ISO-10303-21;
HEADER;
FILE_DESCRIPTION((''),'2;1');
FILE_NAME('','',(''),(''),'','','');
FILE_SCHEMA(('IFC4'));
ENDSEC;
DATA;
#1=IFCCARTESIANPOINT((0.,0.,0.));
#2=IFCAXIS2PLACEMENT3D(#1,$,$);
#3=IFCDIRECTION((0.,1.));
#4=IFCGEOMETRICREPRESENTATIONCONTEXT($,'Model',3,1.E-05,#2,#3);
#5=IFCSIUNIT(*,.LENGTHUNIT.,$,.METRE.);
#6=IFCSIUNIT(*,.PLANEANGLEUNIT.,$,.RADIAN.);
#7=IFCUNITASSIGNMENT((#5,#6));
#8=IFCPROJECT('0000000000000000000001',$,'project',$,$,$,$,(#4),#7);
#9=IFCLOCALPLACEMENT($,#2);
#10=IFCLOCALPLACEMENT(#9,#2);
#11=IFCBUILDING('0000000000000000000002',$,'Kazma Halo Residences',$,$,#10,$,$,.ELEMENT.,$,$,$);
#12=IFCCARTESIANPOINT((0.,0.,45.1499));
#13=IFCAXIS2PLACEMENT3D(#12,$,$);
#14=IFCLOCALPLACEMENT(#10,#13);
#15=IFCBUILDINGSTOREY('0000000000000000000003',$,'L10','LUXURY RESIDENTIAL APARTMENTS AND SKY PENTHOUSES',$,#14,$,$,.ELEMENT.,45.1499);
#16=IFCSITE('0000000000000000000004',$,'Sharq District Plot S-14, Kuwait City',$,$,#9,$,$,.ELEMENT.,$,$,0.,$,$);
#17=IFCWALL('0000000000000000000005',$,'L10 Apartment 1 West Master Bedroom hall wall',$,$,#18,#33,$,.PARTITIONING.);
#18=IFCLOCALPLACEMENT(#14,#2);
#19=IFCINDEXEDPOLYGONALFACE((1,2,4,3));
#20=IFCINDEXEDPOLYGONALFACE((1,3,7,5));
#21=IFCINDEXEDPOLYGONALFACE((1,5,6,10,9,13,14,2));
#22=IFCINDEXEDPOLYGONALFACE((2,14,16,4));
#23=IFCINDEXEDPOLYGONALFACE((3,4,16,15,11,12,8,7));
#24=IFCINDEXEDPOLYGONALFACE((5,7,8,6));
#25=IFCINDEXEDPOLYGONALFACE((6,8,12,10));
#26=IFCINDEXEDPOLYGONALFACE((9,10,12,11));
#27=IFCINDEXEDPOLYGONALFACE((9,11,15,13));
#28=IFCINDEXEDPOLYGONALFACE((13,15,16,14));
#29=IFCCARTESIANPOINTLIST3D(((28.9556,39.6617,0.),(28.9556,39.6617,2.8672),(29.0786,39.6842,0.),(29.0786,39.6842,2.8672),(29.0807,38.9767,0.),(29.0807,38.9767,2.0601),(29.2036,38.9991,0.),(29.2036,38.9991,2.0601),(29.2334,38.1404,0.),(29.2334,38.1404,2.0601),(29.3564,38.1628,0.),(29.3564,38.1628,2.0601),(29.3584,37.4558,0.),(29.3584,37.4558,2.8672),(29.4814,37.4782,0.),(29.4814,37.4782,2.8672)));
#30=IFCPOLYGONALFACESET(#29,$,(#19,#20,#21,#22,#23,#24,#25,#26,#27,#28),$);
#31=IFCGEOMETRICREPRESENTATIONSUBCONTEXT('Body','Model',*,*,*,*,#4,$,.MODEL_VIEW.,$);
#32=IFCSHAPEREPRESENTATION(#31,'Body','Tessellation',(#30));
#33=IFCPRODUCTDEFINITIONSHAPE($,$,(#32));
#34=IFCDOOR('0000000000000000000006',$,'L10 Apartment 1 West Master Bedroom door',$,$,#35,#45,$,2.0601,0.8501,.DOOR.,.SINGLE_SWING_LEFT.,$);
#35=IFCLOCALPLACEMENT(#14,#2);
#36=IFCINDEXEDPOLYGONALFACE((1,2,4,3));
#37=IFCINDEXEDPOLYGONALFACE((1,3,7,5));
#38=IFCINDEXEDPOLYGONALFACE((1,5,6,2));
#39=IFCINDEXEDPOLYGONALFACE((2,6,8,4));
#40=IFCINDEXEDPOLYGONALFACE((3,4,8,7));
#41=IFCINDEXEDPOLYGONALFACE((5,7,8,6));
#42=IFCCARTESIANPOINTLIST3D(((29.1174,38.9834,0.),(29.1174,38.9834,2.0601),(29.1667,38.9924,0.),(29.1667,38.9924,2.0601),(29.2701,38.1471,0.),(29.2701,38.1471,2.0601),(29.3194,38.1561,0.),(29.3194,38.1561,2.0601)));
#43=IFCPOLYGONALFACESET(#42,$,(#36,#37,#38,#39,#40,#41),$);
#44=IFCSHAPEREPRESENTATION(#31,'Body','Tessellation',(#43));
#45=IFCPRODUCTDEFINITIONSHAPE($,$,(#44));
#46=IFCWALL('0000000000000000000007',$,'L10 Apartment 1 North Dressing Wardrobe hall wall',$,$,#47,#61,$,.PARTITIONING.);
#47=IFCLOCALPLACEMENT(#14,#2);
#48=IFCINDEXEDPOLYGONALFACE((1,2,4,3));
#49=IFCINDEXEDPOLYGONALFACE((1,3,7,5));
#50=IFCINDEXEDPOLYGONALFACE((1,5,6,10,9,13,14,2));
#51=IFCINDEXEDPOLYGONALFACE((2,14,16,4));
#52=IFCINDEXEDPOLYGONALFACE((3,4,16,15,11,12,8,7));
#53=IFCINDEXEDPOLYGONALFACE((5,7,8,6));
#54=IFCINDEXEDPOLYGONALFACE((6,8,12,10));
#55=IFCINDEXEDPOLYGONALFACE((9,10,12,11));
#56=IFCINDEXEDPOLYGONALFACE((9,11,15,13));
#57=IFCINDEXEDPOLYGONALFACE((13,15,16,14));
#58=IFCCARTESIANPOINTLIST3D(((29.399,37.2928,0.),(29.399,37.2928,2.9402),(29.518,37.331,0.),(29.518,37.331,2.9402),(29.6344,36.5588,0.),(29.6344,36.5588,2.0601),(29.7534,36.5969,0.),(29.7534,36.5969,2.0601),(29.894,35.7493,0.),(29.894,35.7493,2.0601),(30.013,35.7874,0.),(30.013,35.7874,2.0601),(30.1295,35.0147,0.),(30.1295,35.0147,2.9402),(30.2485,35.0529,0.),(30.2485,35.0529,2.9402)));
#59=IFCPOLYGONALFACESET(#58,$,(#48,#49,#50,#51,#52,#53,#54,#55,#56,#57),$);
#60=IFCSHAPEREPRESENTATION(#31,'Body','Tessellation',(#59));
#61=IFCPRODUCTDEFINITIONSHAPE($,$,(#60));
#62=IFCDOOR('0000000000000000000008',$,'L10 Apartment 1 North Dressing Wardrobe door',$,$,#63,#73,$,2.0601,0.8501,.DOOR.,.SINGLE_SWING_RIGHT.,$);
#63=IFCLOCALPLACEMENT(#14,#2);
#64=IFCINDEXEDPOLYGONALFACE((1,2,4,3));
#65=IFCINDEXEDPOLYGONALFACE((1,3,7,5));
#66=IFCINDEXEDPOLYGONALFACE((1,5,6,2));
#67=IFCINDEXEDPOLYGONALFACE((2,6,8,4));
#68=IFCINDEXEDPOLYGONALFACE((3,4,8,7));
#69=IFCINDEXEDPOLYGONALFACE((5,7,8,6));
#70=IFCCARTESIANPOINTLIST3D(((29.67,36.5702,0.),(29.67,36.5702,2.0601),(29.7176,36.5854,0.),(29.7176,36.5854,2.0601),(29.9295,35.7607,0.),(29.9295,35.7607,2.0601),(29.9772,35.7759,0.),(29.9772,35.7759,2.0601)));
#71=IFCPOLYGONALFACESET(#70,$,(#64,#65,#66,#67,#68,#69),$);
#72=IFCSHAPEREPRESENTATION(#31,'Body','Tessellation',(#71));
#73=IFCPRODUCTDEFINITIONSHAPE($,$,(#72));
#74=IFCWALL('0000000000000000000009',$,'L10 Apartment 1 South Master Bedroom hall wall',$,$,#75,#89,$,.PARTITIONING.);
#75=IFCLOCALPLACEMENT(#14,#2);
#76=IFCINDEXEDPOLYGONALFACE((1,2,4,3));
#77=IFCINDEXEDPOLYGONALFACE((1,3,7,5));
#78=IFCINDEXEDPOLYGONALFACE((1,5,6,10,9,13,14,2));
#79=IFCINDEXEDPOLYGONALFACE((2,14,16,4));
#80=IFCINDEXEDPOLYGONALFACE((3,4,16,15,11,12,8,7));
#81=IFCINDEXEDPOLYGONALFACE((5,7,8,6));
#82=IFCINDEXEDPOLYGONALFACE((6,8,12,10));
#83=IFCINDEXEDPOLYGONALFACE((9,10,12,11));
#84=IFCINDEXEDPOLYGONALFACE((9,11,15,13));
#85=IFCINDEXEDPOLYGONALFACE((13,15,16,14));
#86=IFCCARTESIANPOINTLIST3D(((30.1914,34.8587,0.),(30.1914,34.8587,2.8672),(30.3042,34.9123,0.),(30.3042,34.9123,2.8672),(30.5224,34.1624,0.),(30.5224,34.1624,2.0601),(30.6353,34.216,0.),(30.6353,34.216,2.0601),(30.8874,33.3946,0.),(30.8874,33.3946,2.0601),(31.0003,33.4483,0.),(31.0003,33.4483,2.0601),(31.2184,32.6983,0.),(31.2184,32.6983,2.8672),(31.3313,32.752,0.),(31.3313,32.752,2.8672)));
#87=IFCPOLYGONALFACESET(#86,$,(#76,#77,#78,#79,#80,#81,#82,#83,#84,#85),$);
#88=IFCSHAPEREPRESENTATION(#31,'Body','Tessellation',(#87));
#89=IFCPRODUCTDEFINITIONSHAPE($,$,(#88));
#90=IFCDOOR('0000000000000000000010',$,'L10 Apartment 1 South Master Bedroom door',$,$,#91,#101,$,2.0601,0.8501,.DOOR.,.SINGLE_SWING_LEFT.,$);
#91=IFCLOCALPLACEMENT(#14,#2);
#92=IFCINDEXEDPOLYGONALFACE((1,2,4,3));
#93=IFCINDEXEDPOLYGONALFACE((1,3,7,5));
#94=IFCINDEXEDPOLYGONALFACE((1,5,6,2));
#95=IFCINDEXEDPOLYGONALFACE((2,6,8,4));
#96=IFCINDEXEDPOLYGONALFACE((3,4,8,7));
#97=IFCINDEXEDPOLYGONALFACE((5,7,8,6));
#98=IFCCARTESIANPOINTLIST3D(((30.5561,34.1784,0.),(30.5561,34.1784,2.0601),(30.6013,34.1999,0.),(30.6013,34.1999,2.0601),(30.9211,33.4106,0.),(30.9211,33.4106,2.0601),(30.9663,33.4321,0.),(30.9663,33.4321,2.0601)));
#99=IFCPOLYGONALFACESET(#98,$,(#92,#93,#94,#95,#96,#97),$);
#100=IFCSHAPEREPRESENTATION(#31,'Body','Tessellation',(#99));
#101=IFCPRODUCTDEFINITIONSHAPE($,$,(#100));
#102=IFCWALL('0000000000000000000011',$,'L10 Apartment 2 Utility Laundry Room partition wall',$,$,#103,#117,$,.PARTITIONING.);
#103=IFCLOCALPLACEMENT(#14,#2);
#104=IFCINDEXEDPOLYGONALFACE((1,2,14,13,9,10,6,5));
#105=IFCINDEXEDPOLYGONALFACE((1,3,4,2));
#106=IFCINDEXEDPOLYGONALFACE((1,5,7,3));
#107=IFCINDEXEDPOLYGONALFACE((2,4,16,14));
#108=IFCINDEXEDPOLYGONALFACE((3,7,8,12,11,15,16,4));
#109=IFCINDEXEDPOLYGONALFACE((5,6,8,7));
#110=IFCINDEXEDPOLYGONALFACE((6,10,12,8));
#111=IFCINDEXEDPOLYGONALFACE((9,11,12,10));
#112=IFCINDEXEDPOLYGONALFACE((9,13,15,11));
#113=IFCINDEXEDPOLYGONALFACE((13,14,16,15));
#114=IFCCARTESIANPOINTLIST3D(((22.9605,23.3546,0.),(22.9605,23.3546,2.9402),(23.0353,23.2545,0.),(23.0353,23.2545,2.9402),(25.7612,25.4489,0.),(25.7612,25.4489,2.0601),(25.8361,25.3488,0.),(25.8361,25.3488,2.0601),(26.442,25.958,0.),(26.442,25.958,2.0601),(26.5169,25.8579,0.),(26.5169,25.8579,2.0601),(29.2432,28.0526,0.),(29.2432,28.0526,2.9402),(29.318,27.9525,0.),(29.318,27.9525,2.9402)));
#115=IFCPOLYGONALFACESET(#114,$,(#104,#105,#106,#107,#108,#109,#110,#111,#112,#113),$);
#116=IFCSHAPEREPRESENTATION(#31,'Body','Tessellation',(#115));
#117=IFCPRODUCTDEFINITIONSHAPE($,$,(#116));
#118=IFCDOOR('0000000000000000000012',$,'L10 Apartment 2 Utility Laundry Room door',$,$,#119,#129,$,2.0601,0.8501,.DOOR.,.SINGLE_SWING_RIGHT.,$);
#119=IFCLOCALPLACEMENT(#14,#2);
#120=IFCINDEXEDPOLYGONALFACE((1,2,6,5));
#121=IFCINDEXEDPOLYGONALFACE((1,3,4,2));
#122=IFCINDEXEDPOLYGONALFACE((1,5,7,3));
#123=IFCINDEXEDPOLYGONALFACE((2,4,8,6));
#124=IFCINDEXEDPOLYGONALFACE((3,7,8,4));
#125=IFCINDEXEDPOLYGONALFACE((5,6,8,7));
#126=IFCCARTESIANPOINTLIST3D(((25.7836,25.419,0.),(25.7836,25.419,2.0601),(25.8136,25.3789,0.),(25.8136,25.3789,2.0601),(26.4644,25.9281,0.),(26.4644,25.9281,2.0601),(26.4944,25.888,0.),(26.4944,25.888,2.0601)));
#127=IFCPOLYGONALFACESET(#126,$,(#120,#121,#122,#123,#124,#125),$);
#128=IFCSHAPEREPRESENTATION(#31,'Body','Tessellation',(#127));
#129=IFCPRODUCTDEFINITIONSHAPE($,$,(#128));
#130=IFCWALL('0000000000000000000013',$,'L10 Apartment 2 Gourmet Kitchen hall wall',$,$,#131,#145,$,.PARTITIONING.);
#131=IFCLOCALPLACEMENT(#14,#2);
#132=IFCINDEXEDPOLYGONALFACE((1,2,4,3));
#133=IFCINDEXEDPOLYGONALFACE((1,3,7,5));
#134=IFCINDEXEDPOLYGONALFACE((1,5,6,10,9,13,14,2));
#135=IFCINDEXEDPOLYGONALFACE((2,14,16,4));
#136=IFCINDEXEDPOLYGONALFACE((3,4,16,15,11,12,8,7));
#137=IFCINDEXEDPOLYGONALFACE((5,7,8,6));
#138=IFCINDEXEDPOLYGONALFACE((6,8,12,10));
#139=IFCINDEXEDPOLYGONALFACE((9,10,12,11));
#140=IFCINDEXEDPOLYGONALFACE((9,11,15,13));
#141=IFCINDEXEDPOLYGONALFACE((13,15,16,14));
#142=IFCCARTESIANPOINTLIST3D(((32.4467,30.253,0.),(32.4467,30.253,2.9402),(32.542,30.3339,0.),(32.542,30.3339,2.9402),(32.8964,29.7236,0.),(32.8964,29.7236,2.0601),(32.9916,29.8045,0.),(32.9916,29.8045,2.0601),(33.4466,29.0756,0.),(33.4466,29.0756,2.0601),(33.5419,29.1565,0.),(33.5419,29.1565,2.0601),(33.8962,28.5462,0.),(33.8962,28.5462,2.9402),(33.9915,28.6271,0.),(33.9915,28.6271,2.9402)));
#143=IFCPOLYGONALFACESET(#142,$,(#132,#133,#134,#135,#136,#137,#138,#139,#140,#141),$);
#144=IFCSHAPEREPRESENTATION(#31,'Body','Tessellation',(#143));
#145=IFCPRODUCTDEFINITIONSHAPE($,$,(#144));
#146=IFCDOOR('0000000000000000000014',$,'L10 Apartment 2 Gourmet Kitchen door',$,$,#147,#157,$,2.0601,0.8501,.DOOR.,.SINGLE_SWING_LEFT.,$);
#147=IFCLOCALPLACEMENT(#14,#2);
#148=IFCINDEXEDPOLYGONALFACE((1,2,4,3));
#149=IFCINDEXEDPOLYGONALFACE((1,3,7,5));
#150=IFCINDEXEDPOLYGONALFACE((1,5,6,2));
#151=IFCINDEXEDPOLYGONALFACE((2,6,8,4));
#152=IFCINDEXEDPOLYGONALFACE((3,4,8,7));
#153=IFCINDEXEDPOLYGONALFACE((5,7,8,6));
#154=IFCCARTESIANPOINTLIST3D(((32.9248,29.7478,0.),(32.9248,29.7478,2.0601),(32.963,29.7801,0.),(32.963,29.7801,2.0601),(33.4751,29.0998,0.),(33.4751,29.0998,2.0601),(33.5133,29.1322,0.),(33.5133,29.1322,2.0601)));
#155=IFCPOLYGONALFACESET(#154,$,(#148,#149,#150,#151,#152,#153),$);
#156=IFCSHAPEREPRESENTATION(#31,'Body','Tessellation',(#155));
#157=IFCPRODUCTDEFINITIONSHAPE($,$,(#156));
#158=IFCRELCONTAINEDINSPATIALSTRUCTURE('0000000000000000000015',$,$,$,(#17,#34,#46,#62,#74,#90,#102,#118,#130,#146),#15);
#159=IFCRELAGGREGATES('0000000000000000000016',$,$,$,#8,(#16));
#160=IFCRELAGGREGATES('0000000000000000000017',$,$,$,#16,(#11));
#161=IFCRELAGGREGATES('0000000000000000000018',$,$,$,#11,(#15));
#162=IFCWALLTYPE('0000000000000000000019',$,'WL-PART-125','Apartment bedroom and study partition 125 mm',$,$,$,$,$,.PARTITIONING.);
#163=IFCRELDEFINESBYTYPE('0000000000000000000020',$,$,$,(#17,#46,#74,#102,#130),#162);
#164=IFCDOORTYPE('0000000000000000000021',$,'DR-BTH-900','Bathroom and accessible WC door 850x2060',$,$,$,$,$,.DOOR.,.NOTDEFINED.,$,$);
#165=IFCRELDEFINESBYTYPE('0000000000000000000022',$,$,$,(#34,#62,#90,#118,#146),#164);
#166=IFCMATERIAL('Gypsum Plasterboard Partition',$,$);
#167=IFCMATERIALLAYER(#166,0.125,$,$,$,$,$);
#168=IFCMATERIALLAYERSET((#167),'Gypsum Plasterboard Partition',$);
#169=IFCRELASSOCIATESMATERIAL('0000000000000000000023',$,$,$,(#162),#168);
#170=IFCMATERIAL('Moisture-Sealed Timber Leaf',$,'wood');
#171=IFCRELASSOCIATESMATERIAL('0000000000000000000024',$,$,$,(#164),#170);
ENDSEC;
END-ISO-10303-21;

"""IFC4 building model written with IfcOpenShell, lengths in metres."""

from ifc_helpers import new_model, si_unit, direction, frame, frame_2d, origin, place, context, subcontext, project, spatial, rectangle, extrude, material, layer, layer_set, type_object, element, fill, save


model = new_model("IFC4")

# Units and contexts
model_context = context("Model", 3, precision=1e-05, world=origin(), true_north=direction((0.0, 1.0)))
body_context = subcontext(model_context, "Body", "Model", "MODEL_VIEW")
ifc_project = project(units=[si_unit("LENGTHUNIT", "METRE"), si_unit("PLANEANGLEUNIT", "RADIAN")], contexts=[model_context])

# Site, building, storey
site_placement = place(None, origin())
site = spatial("IfcSite", under=ifc_project, at=site_placement, Name="Sharq District Plot S-14, Kuwait City", CompositionType="ELEMENT", RefElevation=0.0)
building_placement = place(site_placement, origin())
building = spatial("IfcBuilding", under=site, at=building_placement, Name="Kazma Halo Residences", CompositionType="ELEMENT")
storey_placement = place(building_placement, frame((0.0, 0.0, 45.1499)))
storey = spatial("IfcBuildingStorey", under=building, at=storey_placement, Name="L10", Description="LUXURY RESIDENTIAL APARTMENTS AND SKY PENTHOUSES", CompositionType="ELEMENT", Elevation=45.1499)

# Shared definitions
ifc_material_1 = material(Name="Gypsum Plasterboard Partition")
ifc_layer_1 = layer(ifc_material_1, 0.125)
ifc_layer_set_1 = layer_set([ifc_layer_1], Name="Gypsum Plasterboard Partition")
wall_type_1 = type_object("IfcWallType", Name="WL-PART-125", Description="Apartment bedroom and study partition 125 mm", PredefinedType="PARTITIONING", material=ifc_layer_set_1)

# Walls, openings, doors
wall_1_placement = place(storey_placement, frame((29.0171, 39.6729, 0.0), z_axis=(0.0, 0.0, 1.0), x_axis=(0.179633, -0.983734, 0.0)))
wall_1 = element("IfcWall", 1, at=wall_1_placement, inside=storey, type_object=wall_type_1, Name="L10 Apartment 1 West Master Bedroom hall wall", PredefinedType="PARTITIONING", context=body_context, shape_type="SweptSolid", body=[
    extrude(rectangle(XDim=2.2424, YDim=0.125, at=frame_2d((1.1211, 0.0))), origin(), (0.0, 0.0, 1.0), 2.8672),
])
opening_1_placement = place(wall_1_placement, frame((0.6963, 0.0, 0.0)))
opening_1 = element("IfcOpeningElement", 2, at=opening_1_placement, cuts=wall_1, PredefinedType="OPENING", context=body_context, shape_type="SweptSolid", body=[
    extrude(rectangle(XDim=0.8501, YDim=2.0601, at=frame_2d((0.425, 1.03))), frame((0.0, 0.0725, 0.0), z_axis=(0.0, -1.0, 0.0), x_axis=(1.0, 0.0, 0.0)), (0.0, 0.0, 1.0), 0.145),
])
ifc_material_2 = material(Name="Moisture-Sealed Timber Leaf", Category="wood")
door_type = type_object("IfcDoorType", Name="DR-BTH-900", Description="Bathroom and accessible WC door 850x2060", OperationType="NOTDEFINED", PredefinedType="DOOR", material=ifc_material_2)
door_1_placement = place(opening_1_placement, origin())
door_1 = element("IfcDoor", 3, at=door_1_placement, inside=storey, type_object=door_type, Name="L10 Apartment 1 West Master Bedroom door", OperationType="SINGLE_SWING_LEFT", OverallHeight=2.0601, OverallWidth=0.8501, PredefinedType="DOOR", context=body_context, shape_type="SweptSolid", body=[
    extrude(rectangle(XDim=0.8501, YDim=2.0601, at=frame_2d((0.425, 1.03))), frame((0.0, 0.0249, 0.0), z_axis=(0.0, -1.0, 0.0), x_axis=(1.0, 0.0, 0.0)), (0.0, 0.0, 1.0), 0.05),
])
fill(opening_1, door_1)
wall_2_placement = place(storey_placement, frame((29.4585, 37.312, 0.0), z_axis=(0.0, 0.0, 1.0), x_axis=(0.305339, -0.952244, 0.0)))
wall_2 = element("IfcWall", 4, at=wall_2_placement, inside=storey, type_object=wall_type_1, Name="L10 Apartment 1 North Dressing Wardrobe hall wall", PredefinedType="PARTITIONING", context=body_context, shape_type="SweptSolid", body=[
    extrude(rectangle(XDim=2.3923, YDim=0.125, at=frame_2d((1.1963, 0.0))), origin(), (0.0, 0.0, 1.0), 2.9402),
])
opening_2_placement = place(wall_2_placement, frame((0.771, 0.0, 0.0)))
opening_2 = element("IfcOpeningElement", 5, at=opening_2_placement, cuts=wall_2, PredefinedType="OPENING", context=body_context, shape_type="SweptSolid", body=[
    extrude(rectangle(XDim=0.8501, YDim=2.0601, at=frame_2d((0.425, 1.03))), frame((0.0, 0.0725, 0.0), z_axis=(0.0, -1.0, 0.0), x_axis=(1.0, 0.0, 0.0)), (0.0, 0.0, 1.0), 0.145),
])
door_2_placement = place(opening_2_placement, origin())
door_2 = element("IfcDoor", 6, at=door_2_placement, inside=storey, type_object=door_type, Name="L10 Apartment 1 North Dressing Wardrobe door", OperationType="SINGLE_SWING_RIGHT", OverallHeight=2.0601, OverallWidth=0.8501, PredefinedType="DOOR", context=body_context, shape_type="SweptSolid", body=[
    extrude(rectangle(XDim=0.8501, YDim=2.0601, at=frame_2d((0.425, 1.03))), frame((0.0, 0.0249, 0.0), z_axis=(0.0, -1.0, 0.0), x_axis=(1.0, 0.0, 0.0)), (0.0, 0.0, 1.0), 0.05),
])
fill(opening_2, door_2)
wall_3_placement = place(storey_placement, frame((30.2478, 34.8855, 0.0), z_axis=(0.0, 0.0, 1.0), x_axis=(0.429367, -0.90313, 0.0)))
wall_3 = element("IfcWall", 7, at=wall_3_placement, inside=storey, type_object=wall_type_1, Name="L10 Apartment 1 South Master Bedroom hall wall", PredefinedType="PARTITIONING", context=body_context, shape_type="SweptSolid", body=[
    extrude(rectangle(XDim=2.3921, YDim=0.125, at=frame_2d((1.196, 0.0))), origin(), (0.0, 0.0, 1.0), 2.8672),
])
opening_3_placement = place(wall_3_placement, frame((0.771, 0.0, 0.0)))
opening_3 = element("IfcOpeningElement", 8, at=opening_3_placement, cuts=wall_3, PredefinedType="OPENING", context=body_context, shape_type="SweptSolid", body=[
    extrude(rectangle(XDim=0.8501, YDim=2.0601, at=frame_2d((0.425, 1.03))), frame((0.0, 0.0725, 0.0), z_axis=(0.0, -1.0, 0.0), x_axis=(1.0, 0.0, 0.0)), (0.0, 0.0, 1.0), 0.145),
])
door_3_placement = place(opening_3_placement, origin())
door_3 = element("IfcDoor", 9, at=door_3_placement, inside=storey, type_object=door_type, Name="L10 Apartment 1 South Master Bedroom door", OperationType="SINGLE_SWING_LEFT", OverallHeight=2.0601, OverallWidth=0.8501, PredefinedType="DOOR", context=body_context, shape_type="SweptSolid", body=[
    extrude(rectangle(XDim=0.8501, YDim=2.0601, at=frame_2d((0.425, 1.03))), frame((0.0, 0.0249, 0.0), z_axis=(0.0, -1.0, 0.0), x_axis=(1.0, 0.0, 0.0)), (0.0, 0.0, 1.0), 0.05),
])
fill(opening_3, door_3)
wall_4_placement = place(storey_placement, frame((29.2805, 28.0024, 0.0), z_axis=(0.0, 0.0, 1.0), x_axis=(-0.800858, -0.598854, 0.0)))
wall_4 = element("IfcWall", 10, at=wall_4_placement, inside=storey, type_object=wall_type_1, Name="L10 Apartment 2 Utility Laundry Room partition wall", PredefinedType="PARTITIONING", context=body_context, shape_type="SweptSolid", body=[
    extrude(rectangle(XDim=7.845, YDim=0.125, at=frame_2d((3.9224, 0.0))), origin(), (0.0, 0.0, 1.0), 2.9402),
])
opening_4_placement = place(wall_4_placement, frame((3.4976, 0.0, 0.0)))
opening_4 = element("IfcOpeningElement", 11, at=opening_4_placement, cuts=wall_4, PredefinedType="OPENING", context=body_context, shape_type="SweptSolid", body=[
    extrude(rectangle(XDim=0.8501, YDim=2.0601, at=frame_2d((0.425, 1.03))), frame((0.0, 0.0725, 0.0), z_axis=(0.0, -1.0, 0.0), x_axis=(1.0, 0.0, 0.0)), (0.0, 0.0, 1.0), 0.145),
])
door_4_placement = place(opening_4_placement, origin())
door_4 = element("IfcDoor", 12, at=door_4_placement, inside=storey, type_object=door_type, Name="L10 Apartment 2 Utility Laundry Room door", OperationType="SINGLE_SWING_RIGHT", OverallHeight=2.0601, OverallWidth=0.8501, PredefinedType="DOOR", context=body_context, shape_type="SweptSolid", body=[
    extrude(rectangle(XDim=0.8501, YDim=2.0601, at=frame_2d((0.425, 1.03))), frame((0.0, 0.0249, 0.0), z_axis=(0.0, -1.0, 0.0), x_axis=(1.0, 0.0, 0.0)), (0.0, 0.0, 1.0), 0.05),
])
fill(opening_4, door_4)
wall_5_placement = place(storey_placement, frame((32.4944, 30.2935, 0.0), z_axis=(0.0, 0.0, 1.0), x_axis=(0.64731, -0.762227, 0.0)))
wall_5 = element("IfcWall", 13, at=wall_5_placement, inside=storey, type_object=wall_type_1, Name="L10 Apartment 2 Gourmet Kitchen hall wall", PredefinedType="PARTITIONING", context=body_context, shape_type="SweptSolid", body=[
    extrude(rectangle(XDim=2.2393, YDim=0.125, at=frame_2d((1.1196, 0.0))), origin(), (0.0, 0.0, 1.0), 2.9402),
])
opening_5_placement = place(wall_5_placement, frame((0.6946, 0.0, 0.0)))
opening_5 = element("IfcOpeningElement", 14, at=opening_5_placement, cuts=wall_5, PredefinedType="OPENING", context=body_context, shape_type="SweptSolid", body=[
    extrude(rectangle(XDim=0.8501, YDim=2.0601, at=frame_2d((0.425, 1.03))), frame((0.0, 0.0725, 0.0), z_axis=(0.0, -1.0, 0.0), x_axis=(1.0, 0.0, 0.0)), (0.0, 0.0, 1.0), 0.145),
])
door_5_placement = place(opening_5_placement, origin())
door_5 = element("IfcDoor", 15, at=door_5_placement, inside=storey, type_object=door_type, Name="L10 Apartment 2 Gourmet Kitchen door", OperationType="SINGLE_SWING_LEFT", OverallHeight=2.0601, OverallWidth=0.8501, PredefinedType="DOOR", context=body_context, shape_type="SweptSolid", body=[
    extrude(rectangle(XDim=0.8501, YDim=2.0601, at=frame_2d((0.425, 1.03))), frame((0.0, 0.0249, 0.0), z_axis=(0.0, -1.0, 0.0), x_axis=(1.0, 0.0, 0.0)), (0.0, 0.0, 1.0), 0.05),
])
fill(opening_5, door_5)

save(model, "model.ifc")
